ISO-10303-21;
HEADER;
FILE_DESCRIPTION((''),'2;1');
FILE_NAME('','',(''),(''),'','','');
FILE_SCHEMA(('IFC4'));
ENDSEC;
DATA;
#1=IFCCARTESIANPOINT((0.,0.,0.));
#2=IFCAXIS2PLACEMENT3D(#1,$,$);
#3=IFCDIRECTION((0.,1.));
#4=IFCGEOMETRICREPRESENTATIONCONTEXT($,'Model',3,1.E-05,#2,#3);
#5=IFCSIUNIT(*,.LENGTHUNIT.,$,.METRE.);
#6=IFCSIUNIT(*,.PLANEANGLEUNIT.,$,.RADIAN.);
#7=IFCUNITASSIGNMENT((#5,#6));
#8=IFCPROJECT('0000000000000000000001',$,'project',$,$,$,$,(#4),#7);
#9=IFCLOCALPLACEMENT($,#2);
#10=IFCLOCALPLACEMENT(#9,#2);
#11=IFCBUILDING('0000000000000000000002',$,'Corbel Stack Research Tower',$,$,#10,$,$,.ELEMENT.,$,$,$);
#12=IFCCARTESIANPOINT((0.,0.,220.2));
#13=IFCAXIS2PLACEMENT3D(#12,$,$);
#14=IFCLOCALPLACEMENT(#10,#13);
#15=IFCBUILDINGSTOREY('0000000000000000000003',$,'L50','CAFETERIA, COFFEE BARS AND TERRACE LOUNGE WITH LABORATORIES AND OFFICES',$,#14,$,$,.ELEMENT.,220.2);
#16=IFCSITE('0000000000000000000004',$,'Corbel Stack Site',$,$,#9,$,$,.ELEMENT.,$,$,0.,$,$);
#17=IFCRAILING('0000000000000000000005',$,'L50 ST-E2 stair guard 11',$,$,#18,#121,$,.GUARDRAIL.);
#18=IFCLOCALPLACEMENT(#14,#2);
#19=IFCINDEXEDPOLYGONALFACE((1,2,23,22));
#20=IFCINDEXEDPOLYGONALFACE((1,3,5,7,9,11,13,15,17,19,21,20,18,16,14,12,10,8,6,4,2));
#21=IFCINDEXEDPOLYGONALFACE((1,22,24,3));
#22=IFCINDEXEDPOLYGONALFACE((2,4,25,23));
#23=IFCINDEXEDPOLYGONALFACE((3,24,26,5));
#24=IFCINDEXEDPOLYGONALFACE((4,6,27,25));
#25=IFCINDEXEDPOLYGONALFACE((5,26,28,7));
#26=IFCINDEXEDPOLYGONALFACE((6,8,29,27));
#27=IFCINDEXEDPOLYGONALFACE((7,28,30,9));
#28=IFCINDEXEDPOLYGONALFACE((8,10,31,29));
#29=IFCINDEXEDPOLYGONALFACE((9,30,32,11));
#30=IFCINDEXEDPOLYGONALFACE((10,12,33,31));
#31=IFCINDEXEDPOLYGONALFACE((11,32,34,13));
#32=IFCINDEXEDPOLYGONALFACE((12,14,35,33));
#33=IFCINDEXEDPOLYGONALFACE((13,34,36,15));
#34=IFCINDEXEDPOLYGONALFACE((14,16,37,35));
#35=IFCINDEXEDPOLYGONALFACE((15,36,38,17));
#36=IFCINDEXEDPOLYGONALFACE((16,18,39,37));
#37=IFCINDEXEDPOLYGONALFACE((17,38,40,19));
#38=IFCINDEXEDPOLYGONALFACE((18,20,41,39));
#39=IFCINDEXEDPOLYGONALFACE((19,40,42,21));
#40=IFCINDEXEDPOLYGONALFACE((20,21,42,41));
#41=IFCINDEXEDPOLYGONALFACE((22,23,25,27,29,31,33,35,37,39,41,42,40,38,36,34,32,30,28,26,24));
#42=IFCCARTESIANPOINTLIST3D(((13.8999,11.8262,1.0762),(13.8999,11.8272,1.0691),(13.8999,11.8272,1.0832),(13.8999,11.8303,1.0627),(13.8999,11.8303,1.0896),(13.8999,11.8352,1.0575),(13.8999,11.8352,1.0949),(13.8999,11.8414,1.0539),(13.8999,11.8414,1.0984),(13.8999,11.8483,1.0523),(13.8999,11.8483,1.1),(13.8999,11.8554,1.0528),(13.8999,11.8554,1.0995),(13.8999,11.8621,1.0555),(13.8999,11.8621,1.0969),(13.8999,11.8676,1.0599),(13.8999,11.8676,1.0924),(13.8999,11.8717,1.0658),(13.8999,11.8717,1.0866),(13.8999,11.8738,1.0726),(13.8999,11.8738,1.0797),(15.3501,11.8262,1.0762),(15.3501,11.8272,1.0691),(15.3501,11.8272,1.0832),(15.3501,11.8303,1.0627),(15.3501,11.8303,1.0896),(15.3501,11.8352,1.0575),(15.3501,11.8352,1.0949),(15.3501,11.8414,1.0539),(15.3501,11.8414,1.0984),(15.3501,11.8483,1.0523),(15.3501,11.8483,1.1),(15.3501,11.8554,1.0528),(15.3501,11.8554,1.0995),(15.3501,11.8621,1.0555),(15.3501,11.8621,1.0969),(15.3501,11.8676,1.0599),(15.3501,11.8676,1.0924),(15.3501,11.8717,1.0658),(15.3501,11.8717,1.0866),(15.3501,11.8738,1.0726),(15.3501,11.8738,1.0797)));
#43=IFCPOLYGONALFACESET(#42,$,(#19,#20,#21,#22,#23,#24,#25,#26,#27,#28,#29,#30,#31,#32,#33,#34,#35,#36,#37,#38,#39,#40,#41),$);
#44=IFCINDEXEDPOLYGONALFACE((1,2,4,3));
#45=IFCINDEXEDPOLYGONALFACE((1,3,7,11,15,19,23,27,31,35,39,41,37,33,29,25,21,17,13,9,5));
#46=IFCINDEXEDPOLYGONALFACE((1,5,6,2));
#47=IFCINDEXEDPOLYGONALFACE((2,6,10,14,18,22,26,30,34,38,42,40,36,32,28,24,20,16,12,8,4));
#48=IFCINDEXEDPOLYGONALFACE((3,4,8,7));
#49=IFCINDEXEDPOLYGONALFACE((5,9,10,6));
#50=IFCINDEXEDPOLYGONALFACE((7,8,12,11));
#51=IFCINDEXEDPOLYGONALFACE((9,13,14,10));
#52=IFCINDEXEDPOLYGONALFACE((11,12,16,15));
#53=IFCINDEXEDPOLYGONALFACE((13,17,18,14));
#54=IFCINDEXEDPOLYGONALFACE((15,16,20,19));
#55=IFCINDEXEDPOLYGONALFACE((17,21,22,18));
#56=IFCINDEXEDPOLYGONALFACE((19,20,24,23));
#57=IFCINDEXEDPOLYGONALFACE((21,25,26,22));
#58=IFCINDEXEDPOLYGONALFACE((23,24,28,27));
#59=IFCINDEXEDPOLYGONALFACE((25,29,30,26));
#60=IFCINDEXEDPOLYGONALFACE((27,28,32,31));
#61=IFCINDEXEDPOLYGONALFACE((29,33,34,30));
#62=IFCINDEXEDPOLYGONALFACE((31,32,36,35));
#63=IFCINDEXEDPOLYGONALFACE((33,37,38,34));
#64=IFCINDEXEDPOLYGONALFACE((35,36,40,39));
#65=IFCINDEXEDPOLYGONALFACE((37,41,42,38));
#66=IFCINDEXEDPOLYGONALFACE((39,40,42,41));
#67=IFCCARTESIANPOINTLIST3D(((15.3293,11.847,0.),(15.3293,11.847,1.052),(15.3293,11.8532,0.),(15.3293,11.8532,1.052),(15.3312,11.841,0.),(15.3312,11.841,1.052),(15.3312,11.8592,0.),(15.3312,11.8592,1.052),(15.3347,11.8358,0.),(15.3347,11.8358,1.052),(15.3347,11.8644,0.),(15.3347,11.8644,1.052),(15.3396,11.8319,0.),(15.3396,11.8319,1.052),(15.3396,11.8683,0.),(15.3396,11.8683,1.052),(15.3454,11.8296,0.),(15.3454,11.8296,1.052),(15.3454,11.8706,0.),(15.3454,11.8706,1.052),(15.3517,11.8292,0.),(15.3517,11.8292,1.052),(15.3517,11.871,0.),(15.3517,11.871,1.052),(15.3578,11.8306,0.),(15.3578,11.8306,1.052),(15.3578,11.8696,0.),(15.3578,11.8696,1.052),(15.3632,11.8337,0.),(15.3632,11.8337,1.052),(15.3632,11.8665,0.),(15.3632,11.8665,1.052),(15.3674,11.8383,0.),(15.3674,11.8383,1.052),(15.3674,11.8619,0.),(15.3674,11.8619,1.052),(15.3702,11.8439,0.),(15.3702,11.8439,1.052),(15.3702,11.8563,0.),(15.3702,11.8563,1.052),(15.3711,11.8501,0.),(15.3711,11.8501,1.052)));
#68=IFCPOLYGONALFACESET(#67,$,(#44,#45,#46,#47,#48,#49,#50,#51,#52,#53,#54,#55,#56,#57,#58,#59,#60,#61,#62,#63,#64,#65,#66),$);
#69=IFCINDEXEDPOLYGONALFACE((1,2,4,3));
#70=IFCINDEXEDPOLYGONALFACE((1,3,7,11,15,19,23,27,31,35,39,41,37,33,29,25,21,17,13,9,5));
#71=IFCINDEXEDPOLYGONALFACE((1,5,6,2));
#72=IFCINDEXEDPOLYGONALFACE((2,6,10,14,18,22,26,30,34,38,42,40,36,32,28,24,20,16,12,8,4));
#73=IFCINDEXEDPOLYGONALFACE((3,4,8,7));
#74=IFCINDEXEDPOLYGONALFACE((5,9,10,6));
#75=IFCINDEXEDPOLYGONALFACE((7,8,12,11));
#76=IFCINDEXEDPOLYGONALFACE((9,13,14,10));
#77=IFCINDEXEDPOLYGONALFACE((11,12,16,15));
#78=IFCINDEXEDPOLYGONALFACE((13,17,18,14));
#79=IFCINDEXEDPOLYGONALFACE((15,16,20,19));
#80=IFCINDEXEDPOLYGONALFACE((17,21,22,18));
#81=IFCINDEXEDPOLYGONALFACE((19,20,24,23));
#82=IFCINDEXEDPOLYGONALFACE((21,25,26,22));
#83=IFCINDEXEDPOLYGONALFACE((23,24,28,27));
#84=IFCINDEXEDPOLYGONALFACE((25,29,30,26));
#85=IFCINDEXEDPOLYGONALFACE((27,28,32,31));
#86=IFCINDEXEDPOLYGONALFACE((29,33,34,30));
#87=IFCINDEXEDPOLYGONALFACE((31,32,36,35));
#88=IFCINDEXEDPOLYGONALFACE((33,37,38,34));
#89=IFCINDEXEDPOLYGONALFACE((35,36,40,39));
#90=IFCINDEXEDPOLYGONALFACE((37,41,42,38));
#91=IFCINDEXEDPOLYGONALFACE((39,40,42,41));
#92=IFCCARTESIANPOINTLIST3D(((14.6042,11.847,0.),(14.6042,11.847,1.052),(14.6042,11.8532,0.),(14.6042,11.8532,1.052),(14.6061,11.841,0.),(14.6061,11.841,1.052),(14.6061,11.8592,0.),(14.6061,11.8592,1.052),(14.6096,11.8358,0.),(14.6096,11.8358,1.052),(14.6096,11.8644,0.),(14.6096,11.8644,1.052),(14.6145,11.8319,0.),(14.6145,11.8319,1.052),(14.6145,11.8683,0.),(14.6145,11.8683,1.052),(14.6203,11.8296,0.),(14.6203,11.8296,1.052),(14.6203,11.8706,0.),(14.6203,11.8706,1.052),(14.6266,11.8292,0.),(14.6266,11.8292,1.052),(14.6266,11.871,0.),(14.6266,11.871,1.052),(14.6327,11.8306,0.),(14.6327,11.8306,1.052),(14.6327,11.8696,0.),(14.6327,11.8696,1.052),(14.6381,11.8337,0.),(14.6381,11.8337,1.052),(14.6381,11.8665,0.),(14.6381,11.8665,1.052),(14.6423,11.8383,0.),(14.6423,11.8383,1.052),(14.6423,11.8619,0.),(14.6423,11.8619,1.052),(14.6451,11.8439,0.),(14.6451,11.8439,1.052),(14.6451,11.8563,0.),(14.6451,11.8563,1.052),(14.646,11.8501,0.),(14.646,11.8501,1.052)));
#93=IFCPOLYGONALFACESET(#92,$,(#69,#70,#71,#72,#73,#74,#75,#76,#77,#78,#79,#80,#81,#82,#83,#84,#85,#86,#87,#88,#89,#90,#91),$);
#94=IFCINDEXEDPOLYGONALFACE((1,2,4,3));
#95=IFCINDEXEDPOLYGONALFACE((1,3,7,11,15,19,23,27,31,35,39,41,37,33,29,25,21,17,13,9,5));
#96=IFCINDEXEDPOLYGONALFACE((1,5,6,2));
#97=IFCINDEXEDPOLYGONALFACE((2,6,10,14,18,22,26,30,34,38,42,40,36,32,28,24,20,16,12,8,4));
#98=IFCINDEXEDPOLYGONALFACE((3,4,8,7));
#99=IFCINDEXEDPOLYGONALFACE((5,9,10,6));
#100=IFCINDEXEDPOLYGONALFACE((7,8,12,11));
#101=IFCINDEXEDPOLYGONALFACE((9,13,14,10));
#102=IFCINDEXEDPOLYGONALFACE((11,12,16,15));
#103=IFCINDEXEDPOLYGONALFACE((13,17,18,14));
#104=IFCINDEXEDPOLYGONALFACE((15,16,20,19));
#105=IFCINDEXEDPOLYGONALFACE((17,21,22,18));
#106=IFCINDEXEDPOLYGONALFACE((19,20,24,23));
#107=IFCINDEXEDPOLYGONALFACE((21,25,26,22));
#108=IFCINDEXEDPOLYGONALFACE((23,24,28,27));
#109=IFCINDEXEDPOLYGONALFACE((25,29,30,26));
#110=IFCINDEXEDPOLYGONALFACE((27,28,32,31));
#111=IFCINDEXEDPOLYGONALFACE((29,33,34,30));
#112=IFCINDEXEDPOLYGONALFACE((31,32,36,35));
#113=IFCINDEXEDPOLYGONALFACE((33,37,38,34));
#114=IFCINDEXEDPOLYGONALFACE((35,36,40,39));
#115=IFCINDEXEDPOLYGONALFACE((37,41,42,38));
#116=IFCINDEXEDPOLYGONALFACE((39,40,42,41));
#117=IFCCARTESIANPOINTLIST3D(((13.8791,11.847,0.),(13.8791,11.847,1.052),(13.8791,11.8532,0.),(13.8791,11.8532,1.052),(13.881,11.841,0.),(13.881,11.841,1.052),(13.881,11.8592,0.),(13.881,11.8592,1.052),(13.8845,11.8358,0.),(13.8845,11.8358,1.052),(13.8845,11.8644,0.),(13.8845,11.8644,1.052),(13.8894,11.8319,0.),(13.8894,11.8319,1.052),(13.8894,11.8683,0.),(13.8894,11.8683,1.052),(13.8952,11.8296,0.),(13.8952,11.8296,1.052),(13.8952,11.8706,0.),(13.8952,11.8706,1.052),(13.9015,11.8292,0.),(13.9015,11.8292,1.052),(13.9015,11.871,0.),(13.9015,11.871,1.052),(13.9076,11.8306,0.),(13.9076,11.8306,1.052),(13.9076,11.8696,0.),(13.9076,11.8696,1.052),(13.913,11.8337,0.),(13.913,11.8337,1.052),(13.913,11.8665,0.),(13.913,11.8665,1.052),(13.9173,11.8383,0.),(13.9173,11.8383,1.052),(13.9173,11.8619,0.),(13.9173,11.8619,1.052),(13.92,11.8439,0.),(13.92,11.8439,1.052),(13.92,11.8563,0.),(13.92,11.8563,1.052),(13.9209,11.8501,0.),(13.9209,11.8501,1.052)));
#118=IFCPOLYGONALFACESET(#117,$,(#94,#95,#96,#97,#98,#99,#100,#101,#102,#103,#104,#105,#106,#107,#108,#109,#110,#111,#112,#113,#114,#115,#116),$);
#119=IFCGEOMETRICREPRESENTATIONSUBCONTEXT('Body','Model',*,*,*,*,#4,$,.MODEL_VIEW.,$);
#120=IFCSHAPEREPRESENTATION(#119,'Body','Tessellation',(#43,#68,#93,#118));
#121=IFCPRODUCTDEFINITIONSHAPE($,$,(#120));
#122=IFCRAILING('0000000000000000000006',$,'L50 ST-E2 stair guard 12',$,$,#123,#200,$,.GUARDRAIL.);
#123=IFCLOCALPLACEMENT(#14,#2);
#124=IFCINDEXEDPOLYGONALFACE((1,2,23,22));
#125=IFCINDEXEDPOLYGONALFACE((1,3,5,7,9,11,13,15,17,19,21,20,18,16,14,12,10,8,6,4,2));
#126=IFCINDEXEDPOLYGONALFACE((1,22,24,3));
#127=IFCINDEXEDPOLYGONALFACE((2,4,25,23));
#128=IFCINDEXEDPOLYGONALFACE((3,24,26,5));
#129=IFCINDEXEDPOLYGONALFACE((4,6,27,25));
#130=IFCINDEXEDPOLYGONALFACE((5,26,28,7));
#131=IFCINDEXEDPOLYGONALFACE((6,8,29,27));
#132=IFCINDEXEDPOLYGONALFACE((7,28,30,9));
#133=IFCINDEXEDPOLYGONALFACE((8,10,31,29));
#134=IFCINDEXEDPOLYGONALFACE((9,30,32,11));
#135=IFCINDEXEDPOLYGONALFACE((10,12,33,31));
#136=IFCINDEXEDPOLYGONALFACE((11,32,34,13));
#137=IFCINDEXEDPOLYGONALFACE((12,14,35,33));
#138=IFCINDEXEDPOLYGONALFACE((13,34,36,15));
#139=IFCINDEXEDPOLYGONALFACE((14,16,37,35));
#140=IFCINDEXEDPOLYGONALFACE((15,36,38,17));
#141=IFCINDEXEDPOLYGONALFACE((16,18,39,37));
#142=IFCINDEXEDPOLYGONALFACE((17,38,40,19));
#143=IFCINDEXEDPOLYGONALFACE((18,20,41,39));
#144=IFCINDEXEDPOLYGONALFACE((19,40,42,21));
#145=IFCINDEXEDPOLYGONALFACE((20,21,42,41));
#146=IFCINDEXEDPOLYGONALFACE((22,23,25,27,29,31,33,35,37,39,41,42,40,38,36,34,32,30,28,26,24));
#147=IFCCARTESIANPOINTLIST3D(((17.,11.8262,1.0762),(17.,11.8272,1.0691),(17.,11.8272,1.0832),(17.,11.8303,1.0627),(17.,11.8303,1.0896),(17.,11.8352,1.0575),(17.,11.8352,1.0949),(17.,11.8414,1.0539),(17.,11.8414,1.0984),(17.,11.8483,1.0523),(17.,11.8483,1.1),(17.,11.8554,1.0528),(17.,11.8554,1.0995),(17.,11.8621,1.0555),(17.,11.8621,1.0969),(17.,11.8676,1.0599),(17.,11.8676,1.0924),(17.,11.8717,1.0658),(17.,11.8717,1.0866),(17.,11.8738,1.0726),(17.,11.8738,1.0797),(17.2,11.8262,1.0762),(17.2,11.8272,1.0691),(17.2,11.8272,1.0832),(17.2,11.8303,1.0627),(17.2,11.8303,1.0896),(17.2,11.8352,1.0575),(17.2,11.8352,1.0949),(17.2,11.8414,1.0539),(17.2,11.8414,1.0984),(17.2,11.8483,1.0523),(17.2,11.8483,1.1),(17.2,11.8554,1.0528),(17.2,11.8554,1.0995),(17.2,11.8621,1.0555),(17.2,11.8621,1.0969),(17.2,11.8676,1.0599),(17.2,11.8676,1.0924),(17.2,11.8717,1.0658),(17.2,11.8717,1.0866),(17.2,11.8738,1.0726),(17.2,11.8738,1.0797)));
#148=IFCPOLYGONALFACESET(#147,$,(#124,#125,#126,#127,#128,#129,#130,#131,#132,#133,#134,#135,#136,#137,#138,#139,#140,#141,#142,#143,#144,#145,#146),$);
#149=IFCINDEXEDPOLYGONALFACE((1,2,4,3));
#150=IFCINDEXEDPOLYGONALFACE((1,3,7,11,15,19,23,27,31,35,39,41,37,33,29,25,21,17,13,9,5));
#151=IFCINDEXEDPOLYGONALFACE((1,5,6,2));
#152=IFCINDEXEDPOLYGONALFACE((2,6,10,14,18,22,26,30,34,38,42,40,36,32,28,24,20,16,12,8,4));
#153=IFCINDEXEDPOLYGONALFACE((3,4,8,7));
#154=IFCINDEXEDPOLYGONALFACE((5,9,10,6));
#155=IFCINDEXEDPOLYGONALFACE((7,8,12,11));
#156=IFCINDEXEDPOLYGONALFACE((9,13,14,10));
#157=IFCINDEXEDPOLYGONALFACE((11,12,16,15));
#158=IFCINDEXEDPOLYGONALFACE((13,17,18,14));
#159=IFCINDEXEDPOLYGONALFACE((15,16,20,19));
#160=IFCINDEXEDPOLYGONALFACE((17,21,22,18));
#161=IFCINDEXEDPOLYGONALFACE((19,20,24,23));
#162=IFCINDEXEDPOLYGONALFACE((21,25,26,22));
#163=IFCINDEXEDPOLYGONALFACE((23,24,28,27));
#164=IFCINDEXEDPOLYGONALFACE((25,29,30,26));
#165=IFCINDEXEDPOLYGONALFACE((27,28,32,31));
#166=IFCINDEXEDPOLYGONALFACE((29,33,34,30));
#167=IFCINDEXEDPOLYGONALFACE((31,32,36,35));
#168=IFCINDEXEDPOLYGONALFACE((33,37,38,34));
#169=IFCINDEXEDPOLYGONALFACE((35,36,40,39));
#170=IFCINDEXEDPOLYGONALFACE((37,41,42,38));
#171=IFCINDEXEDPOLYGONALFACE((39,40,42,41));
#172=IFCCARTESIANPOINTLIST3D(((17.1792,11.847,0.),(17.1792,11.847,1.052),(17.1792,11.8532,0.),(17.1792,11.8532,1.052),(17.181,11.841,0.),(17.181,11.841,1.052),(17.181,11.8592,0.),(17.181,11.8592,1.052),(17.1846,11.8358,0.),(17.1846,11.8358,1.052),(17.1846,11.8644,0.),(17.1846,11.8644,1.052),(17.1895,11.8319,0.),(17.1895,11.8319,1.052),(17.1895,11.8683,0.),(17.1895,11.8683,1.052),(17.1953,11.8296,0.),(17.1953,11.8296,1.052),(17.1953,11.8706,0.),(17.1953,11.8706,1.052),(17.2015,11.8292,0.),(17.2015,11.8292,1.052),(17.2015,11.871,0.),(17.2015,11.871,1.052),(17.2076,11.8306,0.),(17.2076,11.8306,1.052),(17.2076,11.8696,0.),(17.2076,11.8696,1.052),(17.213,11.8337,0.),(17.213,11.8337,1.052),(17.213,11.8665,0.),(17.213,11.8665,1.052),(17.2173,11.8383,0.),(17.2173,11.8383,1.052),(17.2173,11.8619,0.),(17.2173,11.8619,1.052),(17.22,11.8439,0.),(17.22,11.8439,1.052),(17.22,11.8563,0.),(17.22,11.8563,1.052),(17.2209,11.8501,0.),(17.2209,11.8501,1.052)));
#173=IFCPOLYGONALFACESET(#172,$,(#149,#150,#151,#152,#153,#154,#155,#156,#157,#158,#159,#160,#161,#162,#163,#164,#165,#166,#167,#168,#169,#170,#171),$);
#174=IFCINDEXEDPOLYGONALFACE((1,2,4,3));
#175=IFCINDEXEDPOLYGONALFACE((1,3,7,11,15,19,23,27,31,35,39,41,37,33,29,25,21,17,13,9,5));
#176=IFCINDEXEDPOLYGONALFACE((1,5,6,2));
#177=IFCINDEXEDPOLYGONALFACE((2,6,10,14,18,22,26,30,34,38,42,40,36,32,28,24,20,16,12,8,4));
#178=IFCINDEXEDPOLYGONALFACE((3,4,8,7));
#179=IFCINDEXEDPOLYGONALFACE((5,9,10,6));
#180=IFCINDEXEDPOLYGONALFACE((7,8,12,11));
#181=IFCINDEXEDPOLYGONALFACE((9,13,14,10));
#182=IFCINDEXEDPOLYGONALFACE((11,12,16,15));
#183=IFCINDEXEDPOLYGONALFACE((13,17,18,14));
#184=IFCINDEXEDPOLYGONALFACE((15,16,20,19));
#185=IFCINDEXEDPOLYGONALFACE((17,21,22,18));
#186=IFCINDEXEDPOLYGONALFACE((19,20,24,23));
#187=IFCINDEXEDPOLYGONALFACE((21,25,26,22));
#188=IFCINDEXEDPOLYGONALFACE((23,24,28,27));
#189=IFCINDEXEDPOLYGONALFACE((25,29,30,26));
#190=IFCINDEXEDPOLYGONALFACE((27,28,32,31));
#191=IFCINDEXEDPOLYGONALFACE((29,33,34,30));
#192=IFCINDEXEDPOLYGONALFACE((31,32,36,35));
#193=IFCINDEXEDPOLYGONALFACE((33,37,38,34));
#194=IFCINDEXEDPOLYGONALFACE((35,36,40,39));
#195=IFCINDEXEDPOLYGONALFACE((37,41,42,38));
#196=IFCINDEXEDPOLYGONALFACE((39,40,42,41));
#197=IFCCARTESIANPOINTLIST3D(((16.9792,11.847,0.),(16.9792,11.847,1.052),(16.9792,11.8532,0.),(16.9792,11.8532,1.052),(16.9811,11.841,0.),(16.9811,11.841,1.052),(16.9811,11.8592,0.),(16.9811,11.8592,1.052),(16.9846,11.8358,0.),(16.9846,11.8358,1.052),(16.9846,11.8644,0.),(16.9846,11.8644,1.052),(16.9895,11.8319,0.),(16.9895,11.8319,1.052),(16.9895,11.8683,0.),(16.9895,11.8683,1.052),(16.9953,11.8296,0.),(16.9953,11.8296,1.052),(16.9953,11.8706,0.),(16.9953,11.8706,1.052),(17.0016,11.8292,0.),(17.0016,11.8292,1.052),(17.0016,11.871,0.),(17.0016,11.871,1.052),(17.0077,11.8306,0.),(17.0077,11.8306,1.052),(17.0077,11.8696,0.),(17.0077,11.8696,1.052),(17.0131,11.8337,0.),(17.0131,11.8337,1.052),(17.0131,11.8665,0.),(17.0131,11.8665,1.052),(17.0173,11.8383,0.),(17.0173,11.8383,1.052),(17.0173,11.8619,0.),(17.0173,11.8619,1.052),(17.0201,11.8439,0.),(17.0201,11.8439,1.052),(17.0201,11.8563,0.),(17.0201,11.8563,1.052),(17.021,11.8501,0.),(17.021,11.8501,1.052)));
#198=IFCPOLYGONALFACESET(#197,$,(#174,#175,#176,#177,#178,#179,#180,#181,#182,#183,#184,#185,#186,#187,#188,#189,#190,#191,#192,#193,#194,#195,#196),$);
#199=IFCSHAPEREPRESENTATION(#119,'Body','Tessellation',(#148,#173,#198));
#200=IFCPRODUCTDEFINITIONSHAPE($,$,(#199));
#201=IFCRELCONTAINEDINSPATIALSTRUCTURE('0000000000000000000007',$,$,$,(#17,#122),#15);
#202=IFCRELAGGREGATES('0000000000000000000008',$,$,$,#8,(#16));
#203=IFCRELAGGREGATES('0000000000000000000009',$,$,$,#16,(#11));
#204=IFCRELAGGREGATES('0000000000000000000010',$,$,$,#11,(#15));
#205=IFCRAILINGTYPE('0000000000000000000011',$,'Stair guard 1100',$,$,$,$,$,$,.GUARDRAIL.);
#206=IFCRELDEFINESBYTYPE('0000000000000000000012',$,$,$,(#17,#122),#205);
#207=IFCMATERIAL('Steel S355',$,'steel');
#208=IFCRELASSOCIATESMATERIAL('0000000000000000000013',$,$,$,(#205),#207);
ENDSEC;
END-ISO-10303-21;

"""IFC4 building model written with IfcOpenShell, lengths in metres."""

from ifc_helpers import new_model, si_unit, direction, frame, origin, origin_2d, place, context, subcontext, project, spatial, circle, extrude, material, type_object, element, save


model = new_model("IFC4")

# Units and contexts
model_context = context("Model", 3, precision=1e-05, world=origin(), true_north=direction((0.0, 1.0)))
body_context = subcontext(model_context, "Body", "Model", "MODEL_VIEW")
ifc_project = project(units=[si_unit("LENGTHUNIT", "METRE"), si_unit("PLANEANGLEUNIT", "RADIAN")], contexts=[model_context])

# Site, building, storey
site_placement = place(None, origin())
site = spatial("IfcSite", under=ifc_project, at=site_placement, Name="Corbel Stack Site", CompositionType="ELEMENT", RefElevation=0.0)
building_placement = place(site_placement, origin())
building = spatial("IfcBuilding", under=site, at=building_placement, Name="Corbel Stack Research Tower", CompositionType="ELEMENT")
storey_placement = place(building_placement, frame((0.0, 0.0, 220.2)))
storey = spatial("IfcBuildingStorey", under=building, at=storey_placement, Name="L50", Description="CAFETERIA, COFFEE BARS AND TERRACE LOUNGE WITH LABORATORIES AND OFFICES", CompositionType="ELEMENT", Elevation=220.2)

# Railings
ifc_material_1 = material(Name="Steel S355", Category="steel")
railing_type_1 = type_object("IfcRailingType", Name="Stair guard 1100", PredefinedType="GUARDRAIL", material=ifc_material_1)
railing_1_placement = place(storey_placement, frame((15.3501, 11.8501, 0.0)))
element("IfcRailing", 1, at=railing_1_placement, inside=storey, type_object=railing_type_1, Name="L50 ST-E2 stair guard 11", PredefinedType="GUARDRAIL", context=body_context, shape_type="SweptSolid", body=[
    extrude(circle(Radius=0.0239, at=origin_2d()), frame((0.0, 0.0, 1.0762), z_axis=(-1.0, 0.0, 0.0), x_axis=(0.0, -1.0, 0.0)), (0.0, 0.0, 1.0), 1.4502),
    extrude(circle(Radius=0.021, at=origin_2d()), origin(), (0.0, 0.0, 1.0), 1.052),
    extrude(circle(Radius=0.021, at=origin_2d()), frame((-0.7251, 0.0, 0.0)), (0.0, 0.0, 1.0), 1.052),
    extrude(circle(Radius=0.021, at=origin_2d()), frame((-1.4502, 0.0, 0.0)), (0.0, 0.0, 1.0), 1.052),
])
railing_2_placement = place(storey_placement, frame((17.2, 11.8501, 0.0)))
element("IfcRailing", 2, at=railing_2_placement, inside=storey, type_object=railing_type_1, Name="L50 ST-E2 stair guard 12", PredefinedType="GUARDRAIL", context=body_context, shape_type="SweptSolid", body=[
    extrude(circle(Radius=0.0239, at=origin_2d()), frame((0.0, 0.0, 1.0762), z_axis=(-1.0, 0.0, 0.0), x_axis=(0.0, -1.0, 0.0)), (0.0, 0.0, 1.0), 0.2),
    extrude(circle(Radius=0.021, at=origin_2d()), origin(), (0.0, 0.0, 1.0), 1.052),
    extrude(circle(Radius=0.021, at=origin_2d()), frame((-0.2, 0.0, 0.0)), (0.0, 0.0, 1.0), 1.052),
])

save(model, "model.ifc")
